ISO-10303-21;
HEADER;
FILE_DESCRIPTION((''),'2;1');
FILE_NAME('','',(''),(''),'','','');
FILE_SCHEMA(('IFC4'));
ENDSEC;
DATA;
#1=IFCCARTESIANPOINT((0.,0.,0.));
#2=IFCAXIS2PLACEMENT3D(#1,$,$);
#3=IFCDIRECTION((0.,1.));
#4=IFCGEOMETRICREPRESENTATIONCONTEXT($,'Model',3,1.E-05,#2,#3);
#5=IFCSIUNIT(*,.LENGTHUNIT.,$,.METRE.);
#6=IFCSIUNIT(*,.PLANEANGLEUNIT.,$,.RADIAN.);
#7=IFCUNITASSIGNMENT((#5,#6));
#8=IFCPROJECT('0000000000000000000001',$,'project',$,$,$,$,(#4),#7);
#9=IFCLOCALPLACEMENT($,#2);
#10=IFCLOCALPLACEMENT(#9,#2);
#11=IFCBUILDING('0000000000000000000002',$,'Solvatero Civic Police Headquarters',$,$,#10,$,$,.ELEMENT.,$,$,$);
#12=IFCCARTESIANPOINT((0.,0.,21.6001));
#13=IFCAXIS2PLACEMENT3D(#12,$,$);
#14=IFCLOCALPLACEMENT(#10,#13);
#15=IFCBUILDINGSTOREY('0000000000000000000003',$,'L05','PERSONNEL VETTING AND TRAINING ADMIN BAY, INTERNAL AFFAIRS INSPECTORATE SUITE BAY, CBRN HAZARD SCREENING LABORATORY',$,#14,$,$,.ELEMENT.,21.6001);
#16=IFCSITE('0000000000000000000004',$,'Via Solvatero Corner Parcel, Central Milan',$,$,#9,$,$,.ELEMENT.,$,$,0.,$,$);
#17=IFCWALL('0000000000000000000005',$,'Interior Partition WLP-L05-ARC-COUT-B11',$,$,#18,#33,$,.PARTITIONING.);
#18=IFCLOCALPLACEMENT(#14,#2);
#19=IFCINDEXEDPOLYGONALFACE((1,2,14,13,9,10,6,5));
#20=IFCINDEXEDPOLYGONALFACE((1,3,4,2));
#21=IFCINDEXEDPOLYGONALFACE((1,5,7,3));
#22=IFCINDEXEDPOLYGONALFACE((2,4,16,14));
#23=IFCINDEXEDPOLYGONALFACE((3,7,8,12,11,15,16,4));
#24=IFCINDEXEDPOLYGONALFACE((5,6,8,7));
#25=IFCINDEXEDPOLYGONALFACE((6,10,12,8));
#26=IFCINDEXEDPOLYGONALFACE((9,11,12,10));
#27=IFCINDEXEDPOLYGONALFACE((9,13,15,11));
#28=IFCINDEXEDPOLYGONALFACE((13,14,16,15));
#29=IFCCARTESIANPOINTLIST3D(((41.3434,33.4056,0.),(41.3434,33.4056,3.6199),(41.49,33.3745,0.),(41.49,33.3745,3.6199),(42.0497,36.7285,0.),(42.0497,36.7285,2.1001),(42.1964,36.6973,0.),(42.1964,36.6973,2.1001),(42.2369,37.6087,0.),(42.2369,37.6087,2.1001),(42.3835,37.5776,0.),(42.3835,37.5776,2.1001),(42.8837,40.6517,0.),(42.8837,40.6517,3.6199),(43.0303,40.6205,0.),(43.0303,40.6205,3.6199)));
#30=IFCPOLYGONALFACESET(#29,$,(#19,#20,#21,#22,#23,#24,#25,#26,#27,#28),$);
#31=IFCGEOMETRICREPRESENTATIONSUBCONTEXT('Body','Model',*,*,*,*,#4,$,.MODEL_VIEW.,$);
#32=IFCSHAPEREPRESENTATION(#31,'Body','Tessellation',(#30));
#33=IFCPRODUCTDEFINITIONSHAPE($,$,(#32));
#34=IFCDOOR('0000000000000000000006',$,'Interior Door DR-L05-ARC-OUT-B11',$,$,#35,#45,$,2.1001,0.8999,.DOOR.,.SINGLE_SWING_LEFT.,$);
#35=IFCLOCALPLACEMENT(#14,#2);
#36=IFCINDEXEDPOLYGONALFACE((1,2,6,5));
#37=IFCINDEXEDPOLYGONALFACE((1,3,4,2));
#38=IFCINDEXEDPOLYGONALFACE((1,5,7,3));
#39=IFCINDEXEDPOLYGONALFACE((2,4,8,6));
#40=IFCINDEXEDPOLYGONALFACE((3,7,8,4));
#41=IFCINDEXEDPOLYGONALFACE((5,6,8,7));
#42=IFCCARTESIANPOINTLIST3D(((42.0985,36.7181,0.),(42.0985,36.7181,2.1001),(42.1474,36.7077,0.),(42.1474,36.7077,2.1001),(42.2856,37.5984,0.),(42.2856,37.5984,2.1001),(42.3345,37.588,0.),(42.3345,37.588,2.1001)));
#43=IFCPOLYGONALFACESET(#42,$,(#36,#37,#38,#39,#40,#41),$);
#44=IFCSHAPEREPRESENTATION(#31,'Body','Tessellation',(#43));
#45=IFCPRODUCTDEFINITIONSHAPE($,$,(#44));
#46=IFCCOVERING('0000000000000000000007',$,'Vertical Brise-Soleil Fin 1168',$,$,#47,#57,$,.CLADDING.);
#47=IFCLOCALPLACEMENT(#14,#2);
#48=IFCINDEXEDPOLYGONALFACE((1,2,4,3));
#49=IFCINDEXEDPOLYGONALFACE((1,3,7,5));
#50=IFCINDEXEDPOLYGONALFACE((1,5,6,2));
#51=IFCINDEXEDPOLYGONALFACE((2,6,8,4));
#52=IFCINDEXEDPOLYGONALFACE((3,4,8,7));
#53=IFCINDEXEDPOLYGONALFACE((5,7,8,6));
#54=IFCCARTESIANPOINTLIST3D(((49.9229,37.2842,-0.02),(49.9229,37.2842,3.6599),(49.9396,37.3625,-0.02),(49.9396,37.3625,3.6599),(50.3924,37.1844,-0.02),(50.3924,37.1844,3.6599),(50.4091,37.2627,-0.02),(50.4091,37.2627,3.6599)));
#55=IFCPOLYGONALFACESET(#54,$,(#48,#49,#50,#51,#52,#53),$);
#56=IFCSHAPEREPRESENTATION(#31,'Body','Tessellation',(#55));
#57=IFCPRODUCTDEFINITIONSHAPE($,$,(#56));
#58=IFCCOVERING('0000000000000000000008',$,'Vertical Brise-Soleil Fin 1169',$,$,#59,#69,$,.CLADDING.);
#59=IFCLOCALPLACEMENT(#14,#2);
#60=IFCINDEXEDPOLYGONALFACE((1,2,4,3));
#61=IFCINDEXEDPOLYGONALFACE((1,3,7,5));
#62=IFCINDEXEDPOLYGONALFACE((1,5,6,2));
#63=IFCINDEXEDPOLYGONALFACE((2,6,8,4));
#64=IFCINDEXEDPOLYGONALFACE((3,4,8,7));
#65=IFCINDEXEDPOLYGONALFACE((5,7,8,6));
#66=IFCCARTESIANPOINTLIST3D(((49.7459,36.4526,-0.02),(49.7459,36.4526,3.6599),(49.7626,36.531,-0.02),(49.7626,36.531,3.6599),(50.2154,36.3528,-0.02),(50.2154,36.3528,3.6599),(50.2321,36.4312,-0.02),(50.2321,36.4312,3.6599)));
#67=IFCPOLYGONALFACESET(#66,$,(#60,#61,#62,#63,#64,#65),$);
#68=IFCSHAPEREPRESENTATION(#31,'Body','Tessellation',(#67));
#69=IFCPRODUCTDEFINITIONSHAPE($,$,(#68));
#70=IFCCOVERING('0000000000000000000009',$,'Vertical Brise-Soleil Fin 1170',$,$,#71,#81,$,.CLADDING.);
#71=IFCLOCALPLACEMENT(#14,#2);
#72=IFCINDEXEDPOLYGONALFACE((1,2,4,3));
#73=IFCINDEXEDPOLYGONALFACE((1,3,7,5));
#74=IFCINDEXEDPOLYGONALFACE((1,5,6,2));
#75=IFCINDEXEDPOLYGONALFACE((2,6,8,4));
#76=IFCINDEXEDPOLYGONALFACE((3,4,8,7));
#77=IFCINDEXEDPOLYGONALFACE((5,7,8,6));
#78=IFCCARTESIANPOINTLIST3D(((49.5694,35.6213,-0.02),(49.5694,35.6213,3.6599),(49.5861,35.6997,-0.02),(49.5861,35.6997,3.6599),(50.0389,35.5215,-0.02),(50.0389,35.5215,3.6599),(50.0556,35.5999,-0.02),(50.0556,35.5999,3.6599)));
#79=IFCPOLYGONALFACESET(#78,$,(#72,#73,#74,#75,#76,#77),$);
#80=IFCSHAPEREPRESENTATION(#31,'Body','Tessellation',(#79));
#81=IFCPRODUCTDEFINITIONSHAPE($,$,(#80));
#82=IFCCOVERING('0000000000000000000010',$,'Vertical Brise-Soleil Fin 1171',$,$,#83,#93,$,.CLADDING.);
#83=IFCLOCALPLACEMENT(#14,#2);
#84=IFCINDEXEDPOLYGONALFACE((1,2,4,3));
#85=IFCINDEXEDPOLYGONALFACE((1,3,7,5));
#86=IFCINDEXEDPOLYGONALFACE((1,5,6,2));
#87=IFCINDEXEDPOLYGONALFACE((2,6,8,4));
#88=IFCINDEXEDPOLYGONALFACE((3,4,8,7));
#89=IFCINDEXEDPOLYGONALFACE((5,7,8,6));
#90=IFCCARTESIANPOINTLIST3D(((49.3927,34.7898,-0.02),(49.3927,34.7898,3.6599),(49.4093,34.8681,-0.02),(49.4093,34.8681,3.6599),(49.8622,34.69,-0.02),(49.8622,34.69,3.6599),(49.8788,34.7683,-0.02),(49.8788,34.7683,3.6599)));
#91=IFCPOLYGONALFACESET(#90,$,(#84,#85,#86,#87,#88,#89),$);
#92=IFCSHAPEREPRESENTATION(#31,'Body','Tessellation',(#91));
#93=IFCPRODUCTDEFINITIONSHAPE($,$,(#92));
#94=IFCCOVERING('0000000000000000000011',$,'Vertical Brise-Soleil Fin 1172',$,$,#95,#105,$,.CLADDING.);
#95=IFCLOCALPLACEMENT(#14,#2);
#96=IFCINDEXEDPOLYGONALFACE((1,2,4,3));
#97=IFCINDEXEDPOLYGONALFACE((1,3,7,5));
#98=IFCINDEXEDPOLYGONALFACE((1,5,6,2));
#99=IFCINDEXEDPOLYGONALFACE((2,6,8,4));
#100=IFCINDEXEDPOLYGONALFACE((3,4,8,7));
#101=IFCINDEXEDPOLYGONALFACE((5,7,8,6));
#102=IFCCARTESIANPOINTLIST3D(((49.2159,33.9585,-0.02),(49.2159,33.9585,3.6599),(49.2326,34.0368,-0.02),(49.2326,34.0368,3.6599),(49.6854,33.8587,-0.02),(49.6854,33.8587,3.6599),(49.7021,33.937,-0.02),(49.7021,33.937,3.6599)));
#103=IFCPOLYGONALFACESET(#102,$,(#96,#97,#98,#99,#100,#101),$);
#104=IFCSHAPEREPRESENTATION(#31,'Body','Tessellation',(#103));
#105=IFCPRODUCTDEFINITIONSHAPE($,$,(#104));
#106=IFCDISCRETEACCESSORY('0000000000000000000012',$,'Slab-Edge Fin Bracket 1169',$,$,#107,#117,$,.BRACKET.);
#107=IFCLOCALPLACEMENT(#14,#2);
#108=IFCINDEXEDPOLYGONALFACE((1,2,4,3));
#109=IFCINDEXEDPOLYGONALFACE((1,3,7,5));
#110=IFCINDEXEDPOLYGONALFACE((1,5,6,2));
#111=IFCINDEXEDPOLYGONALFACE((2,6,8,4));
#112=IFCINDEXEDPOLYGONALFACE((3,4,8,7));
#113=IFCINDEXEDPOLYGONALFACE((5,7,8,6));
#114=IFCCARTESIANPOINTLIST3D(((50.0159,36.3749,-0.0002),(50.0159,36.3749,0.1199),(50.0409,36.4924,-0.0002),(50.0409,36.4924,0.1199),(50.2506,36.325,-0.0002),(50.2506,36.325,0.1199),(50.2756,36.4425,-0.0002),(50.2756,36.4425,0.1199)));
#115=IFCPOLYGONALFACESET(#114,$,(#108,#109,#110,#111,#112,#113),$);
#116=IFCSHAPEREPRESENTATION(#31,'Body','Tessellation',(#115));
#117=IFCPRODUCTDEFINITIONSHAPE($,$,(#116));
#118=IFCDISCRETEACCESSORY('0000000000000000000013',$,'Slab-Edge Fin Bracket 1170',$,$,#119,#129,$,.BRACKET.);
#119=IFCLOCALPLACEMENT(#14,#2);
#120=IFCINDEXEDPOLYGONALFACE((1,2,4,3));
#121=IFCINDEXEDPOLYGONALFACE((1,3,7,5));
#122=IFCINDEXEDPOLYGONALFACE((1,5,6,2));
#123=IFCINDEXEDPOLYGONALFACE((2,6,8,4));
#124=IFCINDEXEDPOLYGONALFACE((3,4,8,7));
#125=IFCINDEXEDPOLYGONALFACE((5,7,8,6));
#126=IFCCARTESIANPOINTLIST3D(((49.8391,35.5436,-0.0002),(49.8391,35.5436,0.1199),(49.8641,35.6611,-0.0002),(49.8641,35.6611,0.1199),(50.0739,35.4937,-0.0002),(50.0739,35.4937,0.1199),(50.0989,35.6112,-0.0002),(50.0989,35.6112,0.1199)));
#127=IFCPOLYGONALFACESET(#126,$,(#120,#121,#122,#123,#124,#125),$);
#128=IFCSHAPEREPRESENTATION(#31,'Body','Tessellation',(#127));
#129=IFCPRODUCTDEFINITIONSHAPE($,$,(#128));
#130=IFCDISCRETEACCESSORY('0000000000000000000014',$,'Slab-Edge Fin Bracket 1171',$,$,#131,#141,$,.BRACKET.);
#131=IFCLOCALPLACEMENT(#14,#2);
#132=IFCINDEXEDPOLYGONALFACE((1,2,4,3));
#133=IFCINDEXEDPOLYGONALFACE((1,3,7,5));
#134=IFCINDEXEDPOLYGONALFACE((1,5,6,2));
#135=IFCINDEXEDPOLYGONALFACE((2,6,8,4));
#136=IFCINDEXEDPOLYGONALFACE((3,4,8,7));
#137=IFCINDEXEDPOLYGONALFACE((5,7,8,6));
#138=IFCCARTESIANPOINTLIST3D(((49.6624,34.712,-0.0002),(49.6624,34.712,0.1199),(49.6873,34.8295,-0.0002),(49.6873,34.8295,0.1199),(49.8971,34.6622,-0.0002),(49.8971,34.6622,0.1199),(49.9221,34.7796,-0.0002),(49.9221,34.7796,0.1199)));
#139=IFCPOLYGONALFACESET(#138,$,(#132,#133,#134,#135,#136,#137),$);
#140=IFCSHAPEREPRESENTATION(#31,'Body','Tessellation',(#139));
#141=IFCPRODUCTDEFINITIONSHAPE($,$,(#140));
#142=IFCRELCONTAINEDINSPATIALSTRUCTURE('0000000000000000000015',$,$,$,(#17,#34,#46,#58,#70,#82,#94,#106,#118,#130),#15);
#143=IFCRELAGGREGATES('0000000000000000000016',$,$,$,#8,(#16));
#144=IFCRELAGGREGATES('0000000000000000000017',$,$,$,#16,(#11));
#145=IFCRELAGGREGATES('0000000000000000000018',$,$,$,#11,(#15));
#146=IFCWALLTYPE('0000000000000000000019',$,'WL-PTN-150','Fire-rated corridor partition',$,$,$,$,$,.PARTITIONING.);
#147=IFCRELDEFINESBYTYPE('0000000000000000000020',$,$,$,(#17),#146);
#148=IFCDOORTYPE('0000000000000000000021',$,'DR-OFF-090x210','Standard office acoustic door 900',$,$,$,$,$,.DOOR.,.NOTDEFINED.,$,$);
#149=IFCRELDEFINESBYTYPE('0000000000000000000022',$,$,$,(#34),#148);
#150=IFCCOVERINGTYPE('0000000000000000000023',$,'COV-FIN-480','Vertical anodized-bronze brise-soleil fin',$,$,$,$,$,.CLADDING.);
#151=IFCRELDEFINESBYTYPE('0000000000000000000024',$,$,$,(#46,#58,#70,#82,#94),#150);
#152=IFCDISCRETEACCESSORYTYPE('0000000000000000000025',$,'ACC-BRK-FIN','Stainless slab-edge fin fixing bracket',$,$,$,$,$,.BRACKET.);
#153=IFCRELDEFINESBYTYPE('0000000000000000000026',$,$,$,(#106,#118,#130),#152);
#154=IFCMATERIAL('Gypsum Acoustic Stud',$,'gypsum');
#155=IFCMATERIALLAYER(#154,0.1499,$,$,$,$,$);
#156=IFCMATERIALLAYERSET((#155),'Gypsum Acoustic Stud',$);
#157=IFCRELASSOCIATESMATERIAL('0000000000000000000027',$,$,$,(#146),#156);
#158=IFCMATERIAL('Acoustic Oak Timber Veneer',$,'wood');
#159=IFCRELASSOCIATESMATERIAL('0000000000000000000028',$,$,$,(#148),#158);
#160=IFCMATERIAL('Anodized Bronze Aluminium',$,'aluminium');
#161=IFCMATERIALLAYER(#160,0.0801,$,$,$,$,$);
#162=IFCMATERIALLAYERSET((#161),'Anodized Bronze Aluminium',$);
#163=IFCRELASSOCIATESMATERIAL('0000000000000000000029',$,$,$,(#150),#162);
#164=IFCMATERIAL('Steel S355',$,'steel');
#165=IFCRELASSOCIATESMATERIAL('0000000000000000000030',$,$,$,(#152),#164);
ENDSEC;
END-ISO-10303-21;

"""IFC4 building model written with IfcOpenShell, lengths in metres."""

from ifc_helpers import new_model, si_unit, direction, frame, frame_2d, origin, origin_2d, place, context, subcontext, project, spatial, rectangle, extrude, material, layer, layer_set, type_object, element, fill, save


model = new_model("IFC4")

# Units and contexts
model_context = context("Model", 3, precision=1e-05, world=origin(), true_north=direction((0.0, 1.0)))
body_context = subcontext(model_context, "Body", "Model", "MODEL_VIEW")
ifc_project = project(units=[si_unit("LENGTHUNIT", "METRE"), si_unit("PLANEANGLEUNIT", "RADIAN")], contexts=[model_context])

# Site, building, storey
site_placement = place(None, origin())
site = spatial("IfcSite", under=ifc_project, at=site_placement, Name="Via Solvatero Corner Parcel, Central Milan", CompositionType="ELEMENT", RefElevation=0.0)
building_placement = place(site_placement, origin())
building = spatial("IfcBuilding", under=site, at=building_placement, Name="Solvatero Civic Police Headquarters", CompositionType="ELEMENT")
storey_placement = place(building_placement, frame((0.0, 0.0, 21.6001)))
storey = spatial("IfcBuildingStorey", under=building, at=storey_placement, Name="L05", Description="PERSONNEL VETTING AND TRAINING ADMIN BAY, INTERNAL AFFAIRS INSPECTORATE SUITE BAY, CBRN HAZARD SCREENING LABORATORY", CompositionType="ELEMENT", Elevation=21.6001)

# Shared definitions
ifc_material_1 = material(Name="Steel S355", Category="steel")

# Shared definitions
ifc_material_2 = material(Name="Anodized Bronze Aluminium", Category="aluminium")

# Wall, opening, door
ifc_material_3 = material(Name="Gypsum Acoustic Stud", Category="gypsum")
ifc_layer_1 = layer(ifc_material_3, 0.1499)
ifc_layer_set_1 = layer_set([ifc_layer_1], Name="Gypsum Acoustic Stud")
wall_type = type_object("IfcWallType", Name="WL-PTN-150", Description="Fire-rated corridor partition", PredefinedType="PARTITIONING", material=ifc_layer_set_1)
wall_1_placement = place(storey_placement, frame((42.957, 40.6362, 0.0), z_axis=(0.0, 0.0, 1.0), x_axis=(-0.207922, -0.978145, 0.0)))
wall_1 = element("IfcWall", 1, at=wall_1_placement, inside=storey, type_object=wall_type, Name="Interior Partition WLP-L05-ARC-COUT-B11", PredefinedType="PARTITIONING", context=body_context, shape_type="SweptSolid", body=[
    extrude(rectangle(XDim=7.408, YDim=0.1499, at=frame_2d((3.7041, 0.0))), origin(), (0.0, 0.0, 1.0), 3.6199),
])
opening_1_placement = place(wall_1_placement, frame((3.1111, 0.0, 0.0)))
opening_1 = element("IfcOpeningElement", 2, at=opening_1_placement, cuts=wall_1, PredefinedType="OPENING", context=body_context, shape_type="SweptSolid", body=[
    extrude(rectangle(XDim=0.8999, YDim=2.1001, at=frame_2d((0.45, 1.05))), frame((0.0, 0.085, 0.0), z_axis=(0.0, -1.0, 0.0), x_axis=(1.0, 0.0, 0.0)), (0.0, 0.0, 1.0), 0.1699),
])
ifc_material_4 = material(Name="Acoustic Oak Timber Veneer", Category="wood")
door_type_1 = type_object("IfcDoorType", Name="DR-OFF-090x210", Description="Standard office acoustic door 900", OperationType="NOTDEFINED", PredefinedType="DOOR", material=ifc_material_4)
door_1_placement = place(opening_1_placement, origin())
door_1 = element("IfcDoor", 3, at=door_1_placement, inside=storey, type_object=door_type_1, Name="Interior Door DR-L05-ARC-OUT-B11", OperationType="SINGLE_SWING_LEFT", OverallHeight=2.1001, OverallWidth=0.8999, PredefinedType="DOOR", context=body_context, shape_type="SweptSolid", body=[
    extrude(rectangle(XDim=0.8999, YDim=2.1001, at=frame_2d((0.45, 1.05))), frame((0.0, 0.0249, 0.0), z_axis=(0.0, -1.0, 0.0), x_axis=(1.0, 0.0, 0.0)), (0.0, 0.0, 1.0), 0.05),
])
fill(opening_1, door_1)

# Coverings
ifc_layer_2 = layer(ifc_material_2, 0.0801)
ifc_layer_set_2 = layer_set([ifc_layer_2], Name="Anodized Bronze Aluminium")
covering_type = type_object("IfcCoveringType", Name="COV-FIN-480", Description="Vertical anodized-bronze brise-soleil fin", PredefinedType="CLADDING", material=ifc_layer_set_2)
for number, where, z_axis, x_axis, name in (
    (4, (50.166, 37.2734, -0.02), (0.0, 0.0, 1.0), (-0.207895, -0.978151, 0.0), "Vertical Brise-Soleil Fin 1168"),
    (5, (49.989, 36.4419, -0.02), (0.0, 0.0, 1.0), (-0.207895, -0.978151, 0.0), "Vertical Brise-Soleil Fin 1169"),
    (6, (49.8125, 35.6106, -0.02), (0.0, 0.0, 1.0), (-0.207895, -0.978151, 0.0), "Vertical Brise-Soleil Fin 1170"),
    (7, (49.6357, 34.7791, -0.02), (0.0, 0.0, 1.0), (-0.207895, -0.978151, 0.0), "Vertical Brise-Soleil Fin 1171"),
    (8, (49.459, 33.9478, -0.02), (0.0, 0.0, 1.0), (-0.207895, -0.978151, 0.0), "Vertical Brise-Soleil Fin 1172"),
):
    element("IfcCovering", number, at=place(storey_placement, frame(where, z_axis=z_axis, x_axis=x_axis)), inside=storey, type_object=covering_type, Name=name, PredefinedType="CLADDING", context=body_context, shape_type="SweptSolid", body=[
        extrude(rectangle(XDim=0.0801, YDim=0.48, at=origin_2d()), origin(), (0.0, 0.0, 1.0), 3.6799),
    ])

# Discrete accessories
discrete_accessory_type = type_object("IfcDiscreteAccessoryType", Name="ACC-BRK-FIN", Description="Stainless slab-edge fin fixing bracket", PredefinedType="BRACKET", material=ifc_material_1)
for number, where, z_axis, x_axis, name in (
    (9, (50.1458, 36.4087, -0.0002), (0.0, 0.0, 1.0), (-0.207895, -0.978151, 0.0), "Slab-Edge Fin Bracket 1169"),
    (10, (49.969, 35.5774, -0.0002), (0.0, 0.0, 1.0), (-0.207895, -0.978151, 0.0), "Slab-Edge Fin Bracket 1170"),
    (11, (49.7922, 34.7458, -0.0002), (0.0, 0.0, 1.0), (-0.207895, -0.978151, 0.0), "Slab-Edge Fin Bracket 1171"),
):
    element("IfcDiscreteAccessory", number, at=place(storey_placement, frame(where, z_axis=z_axis, x_axis=x_axis)), inside=storey, type_object=discrete_accessory_type, Name=name, PredefinedType="BRACKET", context=body_context, shape_type="SweptSolid", body=[
        extrude(rectangle(XDim=0.1201, YDim=0.24, at=origin_2d()), origin(), (0.0, 0.0, 1.0), 0.1201),
    ])

save(model, "model.ifc")
